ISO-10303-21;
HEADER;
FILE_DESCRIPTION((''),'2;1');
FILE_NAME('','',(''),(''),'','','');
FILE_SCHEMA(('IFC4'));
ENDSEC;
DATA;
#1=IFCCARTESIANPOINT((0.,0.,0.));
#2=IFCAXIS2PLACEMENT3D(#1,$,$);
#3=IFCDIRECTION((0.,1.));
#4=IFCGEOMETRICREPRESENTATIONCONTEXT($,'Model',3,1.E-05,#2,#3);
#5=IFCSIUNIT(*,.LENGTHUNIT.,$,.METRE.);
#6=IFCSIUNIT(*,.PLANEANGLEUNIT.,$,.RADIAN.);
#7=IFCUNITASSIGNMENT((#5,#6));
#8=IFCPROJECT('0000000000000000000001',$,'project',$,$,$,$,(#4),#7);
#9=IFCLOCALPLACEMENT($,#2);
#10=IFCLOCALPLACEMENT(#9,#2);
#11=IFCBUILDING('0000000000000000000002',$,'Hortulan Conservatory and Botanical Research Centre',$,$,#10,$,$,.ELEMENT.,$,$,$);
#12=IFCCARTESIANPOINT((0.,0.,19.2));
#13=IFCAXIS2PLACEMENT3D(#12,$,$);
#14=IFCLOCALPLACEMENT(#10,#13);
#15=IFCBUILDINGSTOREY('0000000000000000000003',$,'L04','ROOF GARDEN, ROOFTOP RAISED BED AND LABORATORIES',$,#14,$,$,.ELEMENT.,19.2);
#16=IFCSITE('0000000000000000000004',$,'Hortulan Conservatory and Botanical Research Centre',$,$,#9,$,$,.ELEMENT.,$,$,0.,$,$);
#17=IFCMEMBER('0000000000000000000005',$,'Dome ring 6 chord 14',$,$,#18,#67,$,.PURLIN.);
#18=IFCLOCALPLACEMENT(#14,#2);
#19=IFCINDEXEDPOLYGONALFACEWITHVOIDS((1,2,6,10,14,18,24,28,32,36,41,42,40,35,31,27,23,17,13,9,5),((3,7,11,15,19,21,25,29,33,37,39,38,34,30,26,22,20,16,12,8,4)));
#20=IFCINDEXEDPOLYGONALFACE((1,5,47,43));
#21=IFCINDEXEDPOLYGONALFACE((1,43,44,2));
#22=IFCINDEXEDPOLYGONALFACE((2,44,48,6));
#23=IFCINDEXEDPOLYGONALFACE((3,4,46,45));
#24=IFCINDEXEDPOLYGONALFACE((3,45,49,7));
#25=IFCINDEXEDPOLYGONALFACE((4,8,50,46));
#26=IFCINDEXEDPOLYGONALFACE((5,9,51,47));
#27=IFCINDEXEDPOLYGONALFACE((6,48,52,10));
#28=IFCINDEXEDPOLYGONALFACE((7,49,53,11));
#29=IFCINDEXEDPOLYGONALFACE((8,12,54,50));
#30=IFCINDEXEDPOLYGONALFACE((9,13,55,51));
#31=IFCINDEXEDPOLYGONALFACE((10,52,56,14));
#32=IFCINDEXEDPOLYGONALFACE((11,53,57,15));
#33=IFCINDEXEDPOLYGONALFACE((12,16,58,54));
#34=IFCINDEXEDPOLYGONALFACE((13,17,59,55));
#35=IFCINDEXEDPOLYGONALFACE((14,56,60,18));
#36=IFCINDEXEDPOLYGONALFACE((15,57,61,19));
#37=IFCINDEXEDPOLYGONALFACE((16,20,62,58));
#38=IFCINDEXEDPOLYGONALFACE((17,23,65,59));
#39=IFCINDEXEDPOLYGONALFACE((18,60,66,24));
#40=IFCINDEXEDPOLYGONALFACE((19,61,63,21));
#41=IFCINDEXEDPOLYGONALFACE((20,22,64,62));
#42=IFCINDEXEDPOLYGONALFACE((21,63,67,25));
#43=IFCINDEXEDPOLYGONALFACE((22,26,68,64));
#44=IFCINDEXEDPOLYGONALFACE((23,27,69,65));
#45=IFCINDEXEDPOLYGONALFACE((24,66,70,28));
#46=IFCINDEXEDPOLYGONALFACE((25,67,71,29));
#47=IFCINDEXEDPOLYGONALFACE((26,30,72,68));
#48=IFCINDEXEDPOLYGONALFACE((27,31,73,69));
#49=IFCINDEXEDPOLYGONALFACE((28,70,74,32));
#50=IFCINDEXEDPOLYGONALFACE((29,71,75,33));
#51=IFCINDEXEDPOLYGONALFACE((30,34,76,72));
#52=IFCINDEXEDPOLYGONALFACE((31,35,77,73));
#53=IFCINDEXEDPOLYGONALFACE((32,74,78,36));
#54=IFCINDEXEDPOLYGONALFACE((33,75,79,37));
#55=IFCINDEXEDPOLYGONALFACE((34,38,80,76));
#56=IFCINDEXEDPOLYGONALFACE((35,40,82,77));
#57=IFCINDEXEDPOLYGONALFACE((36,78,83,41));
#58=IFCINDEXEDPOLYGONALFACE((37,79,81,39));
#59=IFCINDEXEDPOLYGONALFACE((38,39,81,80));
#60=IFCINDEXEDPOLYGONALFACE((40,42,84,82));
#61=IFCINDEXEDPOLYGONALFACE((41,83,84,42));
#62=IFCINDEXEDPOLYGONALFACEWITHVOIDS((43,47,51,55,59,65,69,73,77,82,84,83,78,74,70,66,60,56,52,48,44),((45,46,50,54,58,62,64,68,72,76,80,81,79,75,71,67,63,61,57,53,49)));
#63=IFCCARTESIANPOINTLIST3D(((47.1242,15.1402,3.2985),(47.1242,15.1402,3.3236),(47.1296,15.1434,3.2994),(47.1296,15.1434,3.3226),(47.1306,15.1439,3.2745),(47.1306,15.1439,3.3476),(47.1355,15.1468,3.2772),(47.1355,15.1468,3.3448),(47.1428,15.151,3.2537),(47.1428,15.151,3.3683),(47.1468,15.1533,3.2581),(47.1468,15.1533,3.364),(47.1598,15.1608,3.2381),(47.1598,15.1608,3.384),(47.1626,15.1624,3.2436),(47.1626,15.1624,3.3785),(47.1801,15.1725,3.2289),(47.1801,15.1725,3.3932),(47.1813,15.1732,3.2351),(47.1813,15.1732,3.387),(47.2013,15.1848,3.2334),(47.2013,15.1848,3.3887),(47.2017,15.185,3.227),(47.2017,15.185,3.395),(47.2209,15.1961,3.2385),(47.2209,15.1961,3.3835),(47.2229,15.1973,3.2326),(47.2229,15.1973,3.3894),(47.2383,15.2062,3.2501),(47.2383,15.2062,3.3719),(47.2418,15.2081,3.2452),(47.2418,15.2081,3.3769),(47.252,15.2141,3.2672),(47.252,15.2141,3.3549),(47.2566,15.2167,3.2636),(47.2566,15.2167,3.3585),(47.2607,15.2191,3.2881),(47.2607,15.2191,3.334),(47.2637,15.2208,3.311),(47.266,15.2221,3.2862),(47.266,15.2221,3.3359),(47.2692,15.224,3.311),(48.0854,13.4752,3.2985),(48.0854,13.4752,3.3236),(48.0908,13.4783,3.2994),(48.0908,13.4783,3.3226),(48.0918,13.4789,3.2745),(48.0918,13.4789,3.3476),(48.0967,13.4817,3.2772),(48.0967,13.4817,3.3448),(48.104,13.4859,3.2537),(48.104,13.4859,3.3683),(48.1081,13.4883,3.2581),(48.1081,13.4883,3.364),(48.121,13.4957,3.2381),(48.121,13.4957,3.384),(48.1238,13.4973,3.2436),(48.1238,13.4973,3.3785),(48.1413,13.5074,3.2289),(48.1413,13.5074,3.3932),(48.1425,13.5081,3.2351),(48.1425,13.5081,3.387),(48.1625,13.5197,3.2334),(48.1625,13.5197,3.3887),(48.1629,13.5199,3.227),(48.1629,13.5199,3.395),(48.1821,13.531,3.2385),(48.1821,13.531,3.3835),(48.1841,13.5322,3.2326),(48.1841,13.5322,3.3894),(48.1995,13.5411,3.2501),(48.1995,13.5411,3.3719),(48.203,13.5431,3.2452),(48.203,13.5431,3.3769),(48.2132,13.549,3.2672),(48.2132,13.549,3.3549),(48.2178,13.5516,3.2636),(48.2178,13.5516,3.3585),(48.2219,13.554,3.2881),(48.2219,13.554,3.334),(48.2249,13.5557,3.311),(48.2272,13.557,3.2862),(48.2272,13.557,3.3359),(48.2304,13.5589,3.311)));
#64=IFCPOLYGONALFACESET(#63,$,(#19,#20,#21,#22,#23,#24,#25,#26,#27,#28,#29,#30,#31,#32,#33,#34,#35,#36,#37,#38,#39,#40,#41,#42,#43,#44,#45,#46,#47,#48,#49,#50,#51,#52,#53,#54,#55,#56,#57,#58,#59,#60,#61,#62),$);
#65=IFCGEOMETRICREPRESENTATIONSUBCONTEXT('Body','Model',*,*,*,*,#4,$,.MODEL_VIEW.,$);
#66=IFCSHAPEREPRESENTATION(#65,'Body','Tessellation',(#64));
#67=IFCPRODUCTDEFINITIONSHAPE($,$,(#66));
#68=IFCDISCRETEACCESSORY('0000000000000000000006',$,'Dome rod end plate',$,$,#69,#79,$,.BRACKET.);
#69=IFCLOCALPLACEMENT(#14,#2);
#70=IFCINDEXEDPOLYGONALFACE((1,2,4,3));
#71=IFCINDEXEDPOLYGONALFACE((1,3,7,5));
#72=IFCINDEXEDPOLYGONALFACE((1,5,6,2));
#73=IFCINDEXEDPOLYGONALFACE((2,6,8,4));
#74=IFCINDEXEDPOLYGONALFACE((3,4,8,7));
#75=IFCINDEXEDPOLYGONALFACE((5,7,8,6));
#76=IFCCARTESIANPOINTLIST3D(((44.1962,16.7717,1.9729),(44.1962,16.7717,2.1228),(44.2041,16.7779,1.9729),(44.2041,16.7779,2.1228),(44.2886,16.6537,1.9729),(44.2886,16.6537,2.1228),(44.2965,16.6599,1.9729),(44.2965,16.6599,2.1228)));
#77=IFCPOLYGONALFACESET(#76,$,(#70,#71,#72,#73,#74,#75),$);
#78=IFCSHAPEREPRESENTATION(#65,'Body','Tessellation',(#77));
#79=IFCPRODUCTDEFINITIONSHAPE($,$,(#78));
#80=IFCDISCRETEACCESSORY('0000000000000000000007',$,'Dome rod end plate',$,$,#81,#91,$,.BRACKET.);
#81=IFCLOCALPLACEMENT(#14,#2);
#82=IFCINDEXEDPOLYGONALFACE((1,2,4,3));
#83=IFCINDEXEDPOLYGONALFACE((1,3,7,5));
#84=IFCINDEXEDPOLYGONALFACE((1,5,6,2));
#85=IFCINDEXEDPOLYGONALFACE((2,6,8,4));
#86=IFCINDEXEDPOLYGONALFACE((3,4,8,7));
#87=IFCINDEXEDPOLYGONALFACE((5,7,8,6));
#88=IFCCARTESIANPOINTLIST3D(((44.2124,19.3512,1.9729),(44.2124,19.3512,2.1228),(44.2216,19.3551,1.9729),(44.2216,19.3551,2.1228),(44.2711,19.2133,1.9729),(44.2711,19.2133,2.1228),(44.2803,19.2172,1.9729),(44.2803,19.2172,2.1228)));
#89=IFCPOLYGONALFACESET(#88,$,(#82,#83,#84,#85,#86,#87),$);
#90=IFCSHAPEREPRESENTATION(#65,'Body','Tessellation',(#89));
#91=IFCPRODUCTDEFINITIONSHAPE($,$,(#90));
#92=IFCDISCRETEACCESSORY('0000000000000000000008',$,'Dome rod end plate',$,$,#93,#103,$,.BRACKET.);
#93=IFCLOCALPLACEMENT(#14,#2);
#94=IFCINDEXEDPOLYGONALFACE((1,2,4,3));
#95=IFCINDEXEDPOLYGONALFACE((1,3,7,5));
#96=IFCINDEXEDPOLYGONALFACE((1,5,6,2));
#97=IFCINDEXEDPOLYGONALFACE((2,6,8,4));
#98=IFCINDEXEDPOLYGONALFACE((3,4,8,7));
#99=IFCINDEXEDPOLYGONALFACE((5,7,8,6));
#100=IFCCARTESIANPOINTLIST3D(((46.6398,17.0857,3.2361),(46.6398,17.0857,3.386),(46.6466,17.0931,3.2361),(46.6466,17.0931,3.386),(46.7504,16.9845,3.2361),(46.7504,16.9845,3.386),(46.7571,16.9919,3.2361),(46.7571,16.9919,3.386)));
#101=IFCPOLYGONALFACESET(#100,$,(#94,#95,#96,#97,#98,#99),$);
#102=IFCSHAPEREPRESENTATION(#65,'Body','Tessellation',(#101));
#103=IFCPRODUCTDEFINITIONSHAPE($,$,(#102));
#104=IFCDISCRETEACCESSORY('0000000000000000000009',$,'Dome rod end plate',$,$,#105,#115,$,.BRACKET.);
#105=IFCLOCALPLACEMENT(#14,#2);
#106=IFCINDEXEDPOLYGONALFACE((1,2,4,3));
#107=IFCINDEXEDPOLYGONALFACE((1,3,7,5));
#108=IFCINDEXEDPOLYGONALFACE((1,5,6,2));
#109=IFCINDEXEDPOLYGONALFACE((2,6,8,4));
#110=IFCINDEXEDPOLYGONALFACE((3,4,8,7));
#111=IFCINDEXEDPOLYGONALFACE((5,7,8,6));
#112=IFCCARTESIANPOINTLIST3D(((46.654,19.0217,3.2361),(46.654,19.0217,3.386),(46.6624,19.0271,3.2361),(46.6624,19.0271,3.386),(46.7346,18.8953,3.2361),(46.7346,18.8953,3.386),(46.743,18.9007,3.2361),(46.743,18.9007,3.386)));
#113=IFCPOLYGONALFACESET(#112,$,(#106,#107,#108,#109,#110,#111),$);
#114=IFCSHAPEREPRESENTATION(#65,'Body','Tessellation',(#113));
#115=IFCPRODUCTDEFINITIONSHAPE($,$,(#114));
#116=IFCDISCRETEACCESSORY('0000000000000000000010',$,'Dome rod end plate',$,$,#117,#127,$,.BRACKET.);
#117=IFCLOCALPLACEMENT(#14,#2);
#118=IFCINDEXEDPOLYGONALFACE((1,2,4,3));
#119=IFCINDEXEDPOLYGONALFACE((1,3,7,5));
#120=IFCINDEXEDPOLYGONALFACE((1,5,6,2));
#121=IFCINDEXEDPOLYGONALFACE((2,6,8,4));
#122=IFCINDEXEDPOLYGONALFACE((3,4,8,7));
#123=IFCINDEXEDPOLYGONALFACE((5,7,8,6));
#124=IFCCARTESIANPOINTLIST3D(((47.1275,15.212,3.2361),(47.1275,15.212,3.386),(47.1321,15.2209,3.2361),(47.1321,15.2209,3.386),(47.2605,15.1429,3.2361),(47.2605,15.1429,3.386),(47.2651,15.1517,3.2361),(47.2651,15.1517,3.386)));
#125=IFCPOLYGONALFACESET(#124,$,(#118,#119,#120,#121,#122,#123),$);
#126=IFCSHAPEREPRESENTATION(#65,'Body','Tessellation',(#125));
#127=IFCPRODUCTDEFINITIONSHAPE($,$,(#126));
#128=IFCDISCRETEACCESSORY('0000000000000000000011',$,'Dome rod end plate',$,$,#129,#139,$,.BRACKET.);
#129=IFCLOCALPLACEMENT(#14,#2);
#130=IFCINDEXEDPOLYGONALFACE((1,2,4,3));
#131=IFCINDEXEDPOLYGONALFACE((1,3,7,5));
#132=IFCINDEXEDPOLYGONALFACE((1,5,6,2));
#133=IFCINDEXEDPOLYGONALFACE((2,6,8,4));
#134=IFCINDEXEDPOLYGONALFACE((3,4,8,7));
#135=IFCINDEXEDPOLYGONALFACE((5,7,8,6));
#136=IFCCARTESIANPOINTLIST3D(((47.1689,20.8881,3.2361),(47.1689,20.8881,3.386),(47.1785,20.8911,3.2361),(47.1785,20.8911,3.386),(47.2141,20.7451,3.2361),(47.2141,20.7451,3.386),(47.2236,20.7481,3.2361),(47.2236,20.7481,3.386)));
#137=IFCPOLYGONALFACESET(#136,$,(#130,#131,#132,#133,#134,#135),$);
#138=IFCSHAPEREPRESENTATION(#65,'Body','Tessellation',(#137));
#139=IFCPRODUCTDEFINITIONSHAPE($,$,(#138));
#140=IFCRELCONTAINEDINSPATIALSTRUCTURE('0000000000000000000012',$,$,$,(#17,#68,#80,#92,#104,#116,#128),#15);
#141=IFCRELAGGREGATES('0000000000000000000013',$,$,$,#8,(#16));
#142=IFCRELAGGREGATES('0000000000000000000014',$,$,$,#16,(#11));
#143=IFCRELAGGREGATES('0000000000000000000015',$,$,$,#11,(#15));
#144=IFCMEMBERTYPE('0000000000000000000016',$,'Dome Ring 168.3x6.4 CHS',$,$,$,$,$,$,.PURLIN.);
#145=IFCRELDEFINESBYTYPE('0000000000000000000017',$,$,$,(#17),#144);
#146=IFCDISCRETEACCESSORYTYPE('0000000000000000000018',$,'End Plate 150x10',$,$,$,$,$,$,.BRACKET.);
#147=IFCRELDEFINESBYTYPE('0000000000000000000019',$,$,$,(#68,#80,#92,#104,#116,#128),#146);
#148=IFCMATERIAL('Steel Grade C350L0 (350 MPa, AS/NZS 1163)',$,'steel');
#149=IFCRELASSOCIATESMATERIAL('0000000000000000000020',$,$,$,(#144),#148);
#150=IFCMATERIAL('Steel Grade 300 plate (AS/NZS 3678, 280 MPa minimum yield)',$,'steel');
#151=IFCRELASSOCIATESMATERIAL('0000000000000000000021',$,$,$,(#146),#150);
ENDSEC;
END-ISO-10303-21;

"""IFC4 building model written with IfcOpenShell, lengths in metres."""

from ifc_helpers import new_model, si_unit, direction, frame, origin, origin_2d, place, context, subcontext, project, spatial, rectangle, hollow_circle, extrude, material, material_profile, profile_set, type_object, element, save


model = new_model("IFC4")

# Units and contexts
model_context = context("Model", 3, precision=1e-05, world=origin(), true_north=direction((0.0, 1.0)))
body_context = subcontext(model_context, "Body", "Model", "MODEL_VIEW")
ifc_project = project(units=[si_unit("LENGTHUNIT", "METRE"), si_unit("PLANEANGLEUNIT", "RADIAN")], contexts=[model_context])

# Site, building, storey
site_placement = place(None, origin())
site = spatial("IfcSite", under=ifc_project, at=site_placement, Name="Hortulan Conservatory and Botanical Research Centre", CompositionType="ELEMENT", RefElevation=0.0)
building_placement = place(site_placement, origin())
building = spatial("IfcBuilding", under=site, at=building_placement, Name="Hortulan Conservatory and Botanical Research Centre", CompositionType="ELEMENT")
storey_placement = place(building_placement, frame((0.0, 0.0, 19.2)))
storey = spatial("IfcBuildingStorey", under=building, at=storey_placement, Name="L04", Description="ROOF GARDEN, ROOFTOP RAISED BED AND LABORATORIES", CompositionType="ELEMENT", Elevation=19.2)

# Shared definitions
ifc_material_1 = material(Name="Steel Grade C350L0 (350 MPa, AS/NZS 1163)", Category="steel")

# Member
ifc_material_profile_1 = material_profile(ifc_material_1, hollow_circle(Radius=0.0842, WallThickness=0.0063, at=origin_2d()), Name="168.3x6.4CHS")
ifc_profile_set_1 = profile_set([ifc_material_profile_1], Name="Steel Grade C350L0 (350 MPa, AS/NZS 1163)")
member_type_1 = type_object("IfcMemberType", Name="Dome Ring 168.3x6.4 CHS", PredefinedType="PURLIN", material=ifc_profile_set_1)
for number, where, z_axis, x_axis, name in (
    (1, (47.1963, 15.1819, 3.311), (0.49995, -0.866054, 0.0), (0.866054, 0.49995, 0.0), "Dome ring 6 chord 14"),
):
    element("IfcMember", number, at=place(storey_placement, frame(where, z_axis=z_axis, x_axis=x_axis)), inside=storey, type_object=member_type_1, Name=name, PredefinedType="PURLIN", context=body_context, shape_type="SweptSolid", body=[
        extrude(hollow_circle(Radius=0.0842, WallThickness=0.0063, at=origin_2d()), origin(), (0.0, 0.0, 1.0), 1.9226),
    ])

# Discrete accessories
ifc_material_2 = material(Name="Steel Grade 300 plate (AS/NZS 3678, 280 MPa minimum yield)", Category="steel")
discrete_accessory_type = type_object("IfcDiscreteAccessoryType", Name="End Plate 150x10", PredefinedType="BRACKET", material=ifc_material_2)
for number, where, z_axis, x_axis, name in (
    (2, (44.2463, 16.7158, 1.9729), (0.0, 0.0, 1.0), (0.616637, -0.787247, 0.0), "Dome rod end plate"),
    (3, (44.2463, 19.2842, 1.9729), (0.0, 0.0, 1.0), (0.391855, -0.920027, 0.0), "Dome rod end plate"),
    (4, (46.6985, 17.0388, 3.2361), (0.0, 0.0, 1.0), (0.737537, -0.675307, 0.0), "Dome rod end plate"),
    (5, (46.6985, 18.9612, 3.2361), (0.0, 0.0, 1.0), (0.537594, -0.843204, 0.0), "Dome rod end plate"),
    (6, (47.1963, 15.1819, 3.2361), (0.0, 0.0, 1.0), (0.887188, -0.461408, 0.0), "Dome rod end plate"),
    (7, (47.1963, 20.8181, 3.2361), (0.0, 0.0, 1.0), (0.301089, -0.953596, 0.0), "Dome rod end plate"),
):
    element("IfcDiscreteAccessory", number, at=place(storey_placement, frame(where, z_axis=z_axis, x_axis=x_axis)), inside=storey, type_object=discrete_accessory_type, Name=name, PredefinedType="BRACKET", context=body_context, shape_type="SweptSolid", body=[
        extrude(rectangle(XDim=0.1499, YDim=0.01, at=origin_2d()), origin(), (0.0, 0.0, 1.0), 0.1499),
    ])

save(model, "model.ifc")
